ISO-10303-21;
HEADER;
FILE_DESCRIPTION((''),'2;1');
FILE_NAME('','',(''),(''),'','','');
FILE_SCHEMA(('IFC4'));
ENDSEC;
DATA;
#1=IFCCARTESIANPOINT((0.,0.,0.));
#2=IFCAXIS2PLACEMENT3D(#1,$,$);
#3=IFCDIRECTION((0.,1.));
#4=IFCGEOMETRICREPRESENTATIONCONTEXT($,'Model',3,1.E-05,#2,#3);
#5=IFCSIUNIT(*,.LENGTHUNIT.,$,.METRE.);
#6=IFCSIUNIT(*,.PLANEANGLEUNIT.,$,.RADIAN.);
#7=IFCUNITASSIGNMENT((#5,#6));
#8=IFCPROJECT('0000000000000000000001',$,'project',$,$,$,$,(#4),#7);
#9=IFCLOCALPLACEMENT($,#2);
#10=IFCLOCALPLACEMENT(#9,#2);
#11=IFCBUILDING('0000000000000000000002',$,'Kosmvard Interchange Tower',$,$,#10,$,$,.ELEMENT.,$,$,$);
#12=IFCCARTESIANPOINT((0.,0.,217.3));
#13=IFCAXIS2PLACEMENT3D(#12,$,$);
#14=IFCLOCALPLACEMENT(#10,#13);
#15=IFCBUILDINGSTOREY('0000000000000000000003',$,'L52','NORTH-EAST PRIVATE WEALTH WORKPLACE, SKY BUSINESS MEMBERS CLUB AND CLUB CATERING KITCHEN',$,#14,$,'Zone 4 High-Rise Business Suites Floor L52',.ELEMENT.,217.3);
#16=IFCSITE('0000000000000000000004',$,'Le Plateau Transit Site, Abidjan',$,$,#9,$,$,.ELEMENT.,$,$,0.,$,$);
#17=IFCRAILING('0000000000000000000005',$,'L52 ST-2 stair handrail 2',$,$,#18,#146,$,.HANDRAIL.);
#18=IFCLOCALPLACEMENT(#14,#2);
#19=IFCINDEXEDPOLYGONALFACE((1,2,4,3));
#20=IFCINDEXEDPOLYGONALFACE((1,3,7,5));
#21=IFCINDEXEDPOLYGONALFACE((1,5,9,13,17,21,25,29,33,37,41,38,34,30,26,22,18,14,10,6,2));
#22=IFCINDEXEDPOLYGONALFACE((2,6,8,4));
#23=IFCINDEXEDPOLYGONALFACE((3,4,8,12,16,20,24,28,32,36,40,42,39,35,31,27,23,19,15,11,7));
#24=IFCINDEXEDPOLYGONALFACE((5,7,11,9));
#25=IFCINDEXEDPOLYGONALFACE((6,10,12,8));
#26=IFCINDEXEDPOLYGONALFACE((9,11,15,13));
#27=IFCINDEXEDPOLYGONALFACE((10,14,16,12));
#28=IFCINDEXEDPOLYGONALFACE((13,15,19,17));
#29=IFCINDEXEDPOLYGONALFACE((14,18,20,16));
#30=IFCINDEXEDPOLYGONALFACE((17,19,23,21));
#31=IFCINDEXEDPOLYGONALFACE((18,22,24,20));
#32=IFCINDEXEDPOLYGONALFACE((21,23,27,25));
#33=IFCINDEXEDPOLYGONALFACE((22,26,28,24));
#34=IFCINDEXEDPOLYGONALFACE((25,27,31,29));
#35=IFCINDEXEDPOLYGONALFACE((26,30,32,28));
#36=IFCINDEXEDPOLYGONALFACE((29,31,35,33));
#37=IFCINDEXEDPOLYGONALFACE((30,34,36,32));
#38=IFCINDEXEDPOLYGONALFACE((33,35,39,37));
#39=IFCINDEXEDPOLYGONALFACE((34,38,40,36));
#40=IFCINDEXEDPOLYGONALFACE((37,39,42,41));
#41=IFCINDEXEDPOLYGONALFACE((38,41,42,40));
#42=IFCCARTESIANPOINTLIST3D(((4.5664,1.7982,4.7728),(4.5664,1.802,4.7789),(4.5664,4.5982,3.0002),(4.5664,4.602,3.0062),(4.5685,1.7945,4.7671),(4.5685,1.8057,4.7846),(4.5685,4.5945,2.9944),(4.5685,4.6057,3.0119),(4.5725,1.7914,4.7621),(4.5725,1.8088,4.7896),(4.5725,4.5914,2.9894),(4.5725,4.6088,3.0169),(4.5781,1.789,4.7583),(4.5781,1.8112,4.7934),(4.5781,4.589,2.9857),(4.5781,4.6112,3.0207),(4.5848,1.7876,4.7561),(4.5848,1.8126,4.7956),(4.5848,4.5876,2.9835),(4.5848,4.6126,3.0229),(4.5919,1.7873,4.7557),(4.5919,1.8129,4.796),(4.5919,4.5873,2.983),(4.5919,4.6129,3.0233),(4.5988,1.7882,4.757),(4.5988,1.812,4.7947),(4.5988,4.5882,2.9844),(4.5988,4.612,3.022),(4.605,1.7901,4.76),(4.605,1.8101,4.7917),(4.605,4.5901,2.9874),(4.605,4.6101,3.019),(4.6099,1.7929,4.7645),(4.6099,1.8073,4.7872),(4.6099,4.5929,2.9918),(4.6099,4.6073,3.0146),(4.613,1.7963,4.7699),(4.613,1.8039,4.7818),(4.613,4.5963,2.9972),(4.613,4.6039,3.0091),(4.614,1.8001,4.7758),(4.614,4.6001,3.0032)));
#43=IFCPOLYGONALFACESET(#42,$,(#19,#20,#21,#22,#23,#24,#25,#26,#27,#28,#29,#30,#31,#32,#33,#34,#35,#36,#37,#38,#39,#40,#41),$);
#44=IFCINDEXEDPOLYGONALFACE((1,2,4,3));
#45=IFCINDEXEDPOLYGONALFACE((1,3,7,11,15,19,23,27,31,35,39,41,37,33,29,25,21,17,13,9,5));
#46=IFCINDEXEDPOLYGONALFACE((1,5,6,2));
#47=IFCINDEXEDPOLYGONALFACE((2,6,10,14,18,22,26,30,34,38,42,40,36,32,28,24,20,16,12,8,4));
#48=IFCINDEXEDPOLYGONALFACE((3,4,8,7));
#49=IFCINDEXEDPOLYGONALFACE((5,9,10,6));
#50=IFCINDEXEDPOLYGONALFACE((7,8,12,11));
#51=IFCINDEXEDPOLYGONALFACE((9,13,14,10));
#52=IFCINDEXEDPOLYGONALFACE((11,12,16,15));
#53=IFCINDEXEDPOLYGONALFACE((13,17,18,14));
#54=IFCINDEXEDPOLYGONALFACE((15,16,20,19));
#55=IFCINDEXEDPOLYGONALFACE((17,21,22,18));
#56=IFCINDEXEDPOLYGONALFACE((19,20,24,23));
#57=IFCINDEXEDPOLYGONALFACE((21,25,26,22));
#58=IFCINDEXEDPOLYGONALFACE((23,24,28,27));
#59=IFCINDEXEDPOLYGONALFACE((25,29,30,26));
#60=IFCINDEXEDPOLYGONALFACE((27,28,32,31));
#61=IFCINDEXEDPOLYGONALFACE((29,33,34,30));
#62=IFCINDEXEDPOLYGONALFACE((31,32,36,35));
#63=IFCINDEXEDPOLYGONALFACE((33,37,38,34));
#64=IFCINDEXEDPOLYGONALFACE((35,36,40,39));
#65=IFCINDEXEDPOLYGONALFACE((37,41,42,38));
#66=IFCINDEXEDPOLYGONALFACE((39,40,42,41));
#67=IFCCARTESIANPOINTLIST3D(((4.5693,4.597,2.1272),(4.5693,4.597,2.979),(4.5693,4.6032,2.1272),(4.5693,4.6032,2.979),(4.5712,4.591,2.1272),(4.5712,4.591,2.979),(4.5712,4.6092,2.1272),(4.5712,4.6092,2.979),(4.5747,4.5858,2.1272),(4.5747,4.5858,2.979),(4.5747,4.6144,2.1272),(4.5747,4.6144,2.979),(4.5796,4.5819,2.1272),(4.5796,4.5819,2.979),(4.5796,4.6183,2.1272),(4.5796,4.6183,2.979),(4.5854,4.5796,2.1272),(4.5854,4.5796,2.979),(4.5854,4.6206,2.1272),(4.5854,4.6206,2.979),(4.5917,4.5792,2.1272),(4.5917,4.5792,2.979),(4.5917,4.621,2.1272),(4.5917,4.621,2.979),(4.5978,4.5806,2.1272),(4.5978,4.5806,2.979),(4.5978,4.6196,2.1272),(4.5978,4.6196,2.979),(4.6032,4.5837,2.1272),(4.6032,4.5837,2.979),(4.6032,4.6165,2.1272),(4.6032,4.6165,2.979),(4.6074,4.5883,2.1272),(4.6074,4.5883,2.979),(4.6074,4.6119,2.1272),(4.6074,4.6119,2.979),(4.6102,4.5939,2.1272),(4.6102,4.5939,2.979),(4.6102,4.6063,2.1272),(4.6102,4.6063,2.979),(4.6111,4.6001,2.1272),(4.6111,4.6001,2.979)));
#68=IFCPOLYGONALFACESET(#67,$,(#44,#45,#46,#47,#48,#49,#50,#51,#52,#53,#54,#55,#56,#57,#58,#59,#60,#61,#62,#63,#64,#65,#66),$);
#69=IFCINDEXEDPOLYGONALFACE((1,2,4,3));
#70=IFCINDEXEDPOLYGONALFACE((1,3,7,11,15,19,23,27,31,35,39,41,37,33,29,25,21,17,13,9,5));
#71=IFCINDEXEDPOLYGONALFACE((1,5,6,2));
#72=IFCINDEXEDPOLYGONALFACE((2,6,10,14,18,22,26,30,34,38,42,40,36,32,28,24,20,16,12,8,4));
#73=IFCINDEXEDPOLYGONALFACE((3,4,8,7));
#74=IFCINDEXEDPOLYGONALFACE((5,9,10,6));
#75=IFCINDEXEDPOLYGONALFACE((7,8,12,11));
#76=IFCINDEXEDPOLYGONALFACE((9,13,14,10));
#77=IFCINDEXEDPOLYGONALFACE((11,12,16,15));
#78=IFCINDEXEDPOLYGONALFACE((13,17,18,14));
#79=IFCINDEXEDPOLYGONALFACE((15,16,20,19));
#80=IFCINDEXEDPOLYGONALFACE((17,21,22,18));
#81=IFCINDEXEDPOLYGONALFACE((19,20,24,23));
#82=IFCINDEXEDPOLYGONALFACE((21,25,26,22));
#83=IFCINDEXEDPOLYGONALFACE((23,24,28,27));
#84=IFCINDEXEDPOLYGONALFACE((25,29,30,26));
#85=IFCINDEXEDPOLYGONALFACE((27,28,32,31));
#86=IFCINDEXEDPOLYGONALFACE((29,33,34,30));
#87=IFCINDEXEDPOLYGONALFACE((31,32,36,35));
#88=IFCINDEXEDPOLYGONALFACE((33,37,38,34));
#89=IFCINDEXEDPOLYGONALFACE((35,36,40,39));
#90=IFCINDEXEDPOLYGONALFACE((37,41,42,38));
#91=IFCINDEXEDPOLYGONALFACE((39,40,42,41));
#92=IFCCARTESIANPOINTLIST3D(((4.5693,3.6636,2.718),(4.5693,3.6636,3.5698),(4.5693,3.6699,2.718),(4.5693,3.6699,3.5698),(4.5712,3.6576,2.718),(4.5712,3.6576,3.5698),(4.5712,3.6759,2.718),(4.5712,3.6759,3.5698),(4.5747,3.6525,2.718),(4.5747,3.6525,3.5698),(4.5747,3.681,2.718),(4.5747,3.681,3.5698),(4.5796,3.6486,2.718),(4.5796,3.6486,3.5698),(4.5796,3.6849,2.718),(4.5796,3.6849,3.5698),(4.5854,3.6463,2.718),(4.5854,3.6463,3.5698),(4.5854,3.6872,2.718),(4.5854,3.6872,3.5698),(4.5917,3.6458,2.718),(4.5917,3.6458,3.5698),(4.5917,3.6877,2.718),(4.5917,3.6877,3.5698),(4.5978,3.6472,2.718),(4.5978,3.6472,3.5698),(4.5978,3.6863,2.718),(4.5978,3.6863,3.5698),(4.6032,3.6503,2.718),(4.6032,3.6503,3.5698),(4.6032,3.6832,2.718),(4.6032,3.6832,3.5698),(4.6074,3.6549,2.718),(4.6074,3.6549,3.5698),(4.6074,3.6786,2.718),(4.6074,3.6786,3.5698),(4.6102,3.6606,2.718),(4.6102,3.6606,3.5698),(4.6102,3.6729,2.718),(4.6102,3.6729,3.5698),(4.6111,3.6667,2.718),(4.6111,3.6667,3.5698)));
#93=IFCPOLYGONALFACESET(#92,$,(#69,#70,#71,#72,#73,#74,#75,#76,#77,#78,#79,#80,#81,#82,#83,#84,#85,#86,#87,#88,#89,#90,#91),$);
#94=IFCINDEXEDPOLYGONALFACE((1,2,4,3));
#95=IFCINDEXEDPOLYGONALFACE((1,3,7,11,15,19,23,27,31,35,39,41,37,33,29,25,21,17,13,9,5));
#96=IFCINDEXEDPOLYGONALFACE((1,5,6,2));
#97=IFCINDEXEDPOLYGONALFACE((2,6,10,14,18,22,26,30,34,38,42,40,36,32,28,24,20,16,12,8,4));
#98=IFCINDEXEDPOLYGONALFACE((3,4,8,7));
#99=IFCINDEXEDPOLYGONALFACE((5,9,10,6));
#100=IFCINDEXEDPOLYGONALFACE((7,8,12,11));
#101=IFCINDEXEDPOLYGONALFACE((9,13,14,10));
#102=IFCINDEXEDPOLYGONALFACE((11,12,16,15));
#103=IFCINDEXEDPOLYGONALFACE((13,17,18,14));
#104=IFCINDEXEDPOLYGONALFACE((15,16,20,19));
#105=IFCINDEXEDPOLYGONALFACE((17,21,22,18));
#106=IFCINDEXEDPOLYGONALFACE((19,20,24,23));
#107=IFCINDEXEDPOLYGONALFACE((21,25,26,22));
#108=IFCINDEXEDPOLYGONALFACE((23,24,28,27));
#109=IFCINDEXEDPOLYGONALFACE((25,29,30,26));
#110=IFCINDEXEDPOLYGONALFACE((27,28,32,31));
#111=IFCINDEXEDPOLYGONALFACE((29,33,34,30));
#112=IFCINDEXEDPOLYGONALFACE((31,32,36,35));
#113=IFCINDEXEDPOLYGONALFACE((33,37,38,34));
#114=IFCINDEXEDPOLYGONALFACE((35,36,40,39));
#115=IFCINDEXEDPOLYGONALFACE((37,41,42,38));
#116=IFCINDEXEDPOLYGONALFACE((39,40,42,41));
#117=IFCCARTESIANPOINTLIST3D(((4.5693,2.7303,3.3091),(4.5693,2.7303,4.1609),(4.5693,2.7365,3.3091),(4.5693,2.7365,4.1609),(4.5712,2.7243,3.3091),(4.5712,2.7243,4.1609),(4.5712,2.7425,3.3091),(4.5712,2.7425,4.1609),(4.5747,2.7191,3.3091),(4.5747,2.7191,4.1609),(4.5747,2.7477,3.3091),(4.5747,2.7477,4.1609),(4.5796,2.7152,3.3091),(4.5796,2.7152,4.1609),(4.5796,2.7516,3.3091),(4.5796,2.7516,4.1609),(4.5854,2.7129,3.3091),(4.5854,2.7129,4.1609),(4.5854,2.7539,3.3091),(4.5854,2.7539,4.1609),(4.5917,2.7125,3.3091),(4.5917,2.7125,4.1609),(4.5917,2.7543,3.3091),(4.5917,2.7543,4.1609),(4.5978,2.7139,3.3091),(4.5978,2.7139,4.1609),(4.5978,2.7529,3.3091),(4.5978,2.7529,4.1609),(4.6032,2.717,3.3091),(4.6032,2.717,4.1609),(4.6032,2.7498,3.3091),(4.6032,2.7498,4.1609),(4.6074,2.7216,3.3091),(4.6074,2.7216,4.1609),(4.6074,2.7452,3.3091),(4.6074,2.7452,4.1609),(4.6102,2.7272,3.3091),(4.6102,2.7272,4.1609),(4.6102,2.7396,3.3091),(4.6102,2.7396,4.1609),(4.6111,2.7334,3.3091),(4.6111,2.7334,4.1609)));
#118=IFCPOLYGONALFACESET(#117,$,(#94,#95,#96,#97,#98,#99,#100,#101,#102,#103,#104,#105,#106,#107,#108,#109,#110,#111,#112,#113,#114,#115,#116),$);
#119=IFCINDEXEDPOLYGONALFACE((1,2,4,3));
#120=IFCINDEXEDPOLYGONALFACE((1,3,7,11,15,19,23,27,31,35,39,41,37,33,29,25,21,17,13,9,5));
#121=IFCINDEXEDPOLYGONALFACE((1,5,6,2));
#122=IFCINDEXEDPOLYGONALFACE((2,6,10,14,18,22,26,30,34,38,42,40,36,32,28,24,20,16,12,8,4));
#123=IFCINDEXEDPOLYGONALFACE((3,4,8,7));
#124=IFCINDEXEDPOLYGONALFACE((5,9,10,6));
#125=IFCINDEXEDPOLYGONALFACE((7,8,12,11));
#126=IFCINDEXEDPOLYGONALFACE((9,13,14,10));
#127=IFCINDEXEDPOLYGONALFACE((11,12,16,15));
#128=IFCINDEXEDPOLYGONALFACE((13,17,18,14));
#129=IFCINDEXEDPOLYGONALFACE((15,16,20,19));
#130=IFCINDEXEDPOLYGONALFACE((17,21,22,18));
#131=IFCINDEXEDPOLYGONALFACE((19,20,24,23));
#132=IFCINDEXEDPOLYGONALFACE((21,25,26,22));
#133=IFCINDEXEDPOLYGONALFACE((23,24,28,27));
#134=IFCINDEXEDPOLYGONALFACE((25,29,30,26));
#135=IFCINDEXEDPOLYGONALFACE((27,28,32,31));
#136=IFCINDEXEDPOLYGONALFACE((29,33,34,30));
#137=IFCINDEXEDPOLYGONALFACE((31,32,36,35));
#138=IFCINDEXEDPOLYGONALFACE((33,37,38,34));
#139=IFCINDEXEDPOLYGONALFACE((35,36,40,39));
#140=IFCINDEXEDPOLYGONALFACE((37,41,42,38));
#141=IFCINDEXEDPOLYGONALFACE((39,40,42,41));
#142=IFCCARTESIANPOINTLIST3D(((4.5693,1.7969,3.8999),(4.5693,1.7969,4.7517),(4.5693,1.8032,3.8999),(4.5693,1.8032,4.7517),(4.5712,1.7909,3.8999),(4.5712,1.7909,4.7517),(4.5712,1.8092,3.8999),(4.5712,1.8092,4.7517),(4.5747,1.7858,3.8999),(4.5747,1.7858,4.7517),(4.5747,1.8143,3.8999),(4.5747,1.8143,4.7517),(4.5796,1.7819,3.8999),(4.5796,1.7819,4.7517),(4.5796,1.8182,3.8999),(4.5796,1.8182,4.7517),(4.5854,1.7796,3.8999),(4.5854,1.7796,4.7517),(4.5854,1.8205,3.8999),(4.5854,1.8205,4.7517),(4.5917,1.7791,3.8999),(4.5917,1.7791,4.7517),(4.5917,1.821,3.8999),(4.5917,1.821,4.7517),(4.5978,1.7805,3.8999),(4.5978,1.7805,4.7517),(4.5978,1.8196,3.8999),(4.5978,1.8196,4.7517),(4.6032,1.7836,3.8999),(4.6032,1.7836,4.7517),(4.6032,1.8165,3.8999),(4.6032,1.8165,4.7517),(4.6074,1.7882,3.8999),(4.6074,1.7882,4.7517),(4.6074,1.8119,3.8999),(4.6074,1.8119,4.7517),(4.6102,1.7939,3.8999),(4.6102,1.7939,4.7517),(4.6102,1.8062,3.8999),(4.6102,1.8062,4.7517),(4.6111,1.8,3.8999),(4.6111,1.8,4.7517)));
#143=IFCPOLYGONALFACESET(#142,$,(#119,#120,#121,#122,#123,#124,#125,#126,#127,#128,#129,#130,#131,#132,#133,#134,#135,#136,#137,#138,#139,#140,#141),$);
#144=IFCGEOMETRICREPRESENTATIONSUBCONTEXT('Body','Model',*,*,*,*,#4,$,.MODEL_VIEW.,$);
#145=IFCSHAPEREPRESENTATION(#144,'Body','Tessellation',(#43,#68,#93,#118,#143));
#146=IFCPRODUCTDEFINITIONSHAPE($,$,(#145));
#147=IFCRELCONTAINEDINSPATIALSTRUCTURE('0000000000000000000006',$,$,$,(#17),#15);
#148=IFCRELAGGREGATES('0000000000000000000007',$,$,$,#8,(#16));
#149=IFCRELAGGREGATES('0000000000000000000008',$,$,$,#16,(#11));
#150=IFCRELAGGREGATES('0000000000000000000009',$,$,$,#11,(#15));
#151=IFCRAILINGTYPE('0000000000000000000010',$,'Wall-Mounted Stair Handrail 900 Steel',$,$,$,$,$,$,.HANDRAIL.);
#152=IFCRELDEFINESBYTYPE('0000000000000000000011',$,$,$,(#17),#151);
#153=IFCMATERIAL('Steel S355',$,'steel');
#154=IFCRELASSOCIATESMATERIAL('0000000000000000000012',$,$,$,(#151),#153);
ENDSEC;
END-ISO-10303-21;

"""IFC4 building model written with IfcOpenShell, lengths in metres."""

from ifc_helpers import new_model, si_unit, direction, frame, origin, origin_2d, place, context, subcontext, project, spatial, circle, extrude, source, transform, mapped, material, type_object, element, save


model = new_model("IFC4")

# Units and contexts
model_context = context("Model", 3, precision=1e-05, world=origin(), true_north=direction((0.0, 1.0)))
body_context = subcontext(model_context, "Body", "Model", "MODEL_VIEW")
ifc_project = project(units=[si_unit("LENGTHUNIT", "METRE"), si_unit("PLANEANGLEUNIT", "RADIAN")], contexts=[model_context])

# Site, building, storey
site_placement = place(None, origin())
site = spatial("IfcSite", under=ifc_project, at=site_placement, Name="Le Plateau Transit Site, Abidjan", CompositionType="ELEMENT", RefElevation=0.0)
building_placement = place(site_placement, origin())
building = spatial("IfcBuilding", under=site, at=building_placement, Name="Kosmvard Interchange Tower", CompositionType="ELEMENT")
storey_placement = place(building_placement, frame((0.0, 0.0, 217.3)))
storey = spatial("IfcBuildingStorey", under=building, at=storey_placement, Name="L52", Description="NORTH-EAST PRIVATE WEALTH WORKPLACE, SKY BUSINESS MEMBERS CLUB AND CLUB CATERING KITCHEN", LongName="Zone 4 High-Rise Business Suites Floor L52", CompositionType="ELEMENT", Elevation=217.3)

# Shared definitions
ifc_material_1 = material(Name="Steel S355", Category="steel")

# Railing
railing_type_1 = type_object("IfcRailingType", Name="Wall-Mounted Stair Handrail 900 Steel", PredefinedType="HANDRAIL", material=ifc_material_1)
shared_shape_1 = source(origin(), body_context, "Body", "SweptSolid", [
    extrude(circle(Radius=0.0239, at=origin_2d()), frame((0.0, 0.0, 0.876), z_axis=(0.0, -0.844909, 0.53491), x_axis=(1.0, 0.0, 0.0)), (0.0, 0.0, 1.0), 3.314),
    extrude(circle(Radius=0.021, at=origin_2d()), origin(), (0.0, 0.0, 1.0), 0.8518),
    extrude(circle(Radius=0.021, at=origin_2d()), frame((0.0, -0.9333, 0.5908)), (0.0, 0.0, 1.0), 0.8518),
    extrude(circle(Radius=0.021, at=origin_2d()), frame((0.0, -1.8667, 1.1819)), (0.0, 0.0, 1.0), 0.8518),
    extrude(circle(Radius=0.021, at=origin_2d()), frame((0.0, -2.8, 1.7727)), (0.0, 0.0, 1.0), 0.8518),
])
railing_1_placement = place(storey_placement, frame((4.5901, 4.6001, 2.1272)))
element("IfcRailing", 1, at=railing_1_placement, inside=storey, type_object=railing_type_1, Name="L52 ST-2 stair handrail 2", PredefinedType="HANDRAIL", context=body_context, shape_type="MappedRepresentation", body=[
    mapped(shared_shape_1, transform((0.0, 0.0, 0.0), scale=1.0)),
])

save(model, "model.ifc")
